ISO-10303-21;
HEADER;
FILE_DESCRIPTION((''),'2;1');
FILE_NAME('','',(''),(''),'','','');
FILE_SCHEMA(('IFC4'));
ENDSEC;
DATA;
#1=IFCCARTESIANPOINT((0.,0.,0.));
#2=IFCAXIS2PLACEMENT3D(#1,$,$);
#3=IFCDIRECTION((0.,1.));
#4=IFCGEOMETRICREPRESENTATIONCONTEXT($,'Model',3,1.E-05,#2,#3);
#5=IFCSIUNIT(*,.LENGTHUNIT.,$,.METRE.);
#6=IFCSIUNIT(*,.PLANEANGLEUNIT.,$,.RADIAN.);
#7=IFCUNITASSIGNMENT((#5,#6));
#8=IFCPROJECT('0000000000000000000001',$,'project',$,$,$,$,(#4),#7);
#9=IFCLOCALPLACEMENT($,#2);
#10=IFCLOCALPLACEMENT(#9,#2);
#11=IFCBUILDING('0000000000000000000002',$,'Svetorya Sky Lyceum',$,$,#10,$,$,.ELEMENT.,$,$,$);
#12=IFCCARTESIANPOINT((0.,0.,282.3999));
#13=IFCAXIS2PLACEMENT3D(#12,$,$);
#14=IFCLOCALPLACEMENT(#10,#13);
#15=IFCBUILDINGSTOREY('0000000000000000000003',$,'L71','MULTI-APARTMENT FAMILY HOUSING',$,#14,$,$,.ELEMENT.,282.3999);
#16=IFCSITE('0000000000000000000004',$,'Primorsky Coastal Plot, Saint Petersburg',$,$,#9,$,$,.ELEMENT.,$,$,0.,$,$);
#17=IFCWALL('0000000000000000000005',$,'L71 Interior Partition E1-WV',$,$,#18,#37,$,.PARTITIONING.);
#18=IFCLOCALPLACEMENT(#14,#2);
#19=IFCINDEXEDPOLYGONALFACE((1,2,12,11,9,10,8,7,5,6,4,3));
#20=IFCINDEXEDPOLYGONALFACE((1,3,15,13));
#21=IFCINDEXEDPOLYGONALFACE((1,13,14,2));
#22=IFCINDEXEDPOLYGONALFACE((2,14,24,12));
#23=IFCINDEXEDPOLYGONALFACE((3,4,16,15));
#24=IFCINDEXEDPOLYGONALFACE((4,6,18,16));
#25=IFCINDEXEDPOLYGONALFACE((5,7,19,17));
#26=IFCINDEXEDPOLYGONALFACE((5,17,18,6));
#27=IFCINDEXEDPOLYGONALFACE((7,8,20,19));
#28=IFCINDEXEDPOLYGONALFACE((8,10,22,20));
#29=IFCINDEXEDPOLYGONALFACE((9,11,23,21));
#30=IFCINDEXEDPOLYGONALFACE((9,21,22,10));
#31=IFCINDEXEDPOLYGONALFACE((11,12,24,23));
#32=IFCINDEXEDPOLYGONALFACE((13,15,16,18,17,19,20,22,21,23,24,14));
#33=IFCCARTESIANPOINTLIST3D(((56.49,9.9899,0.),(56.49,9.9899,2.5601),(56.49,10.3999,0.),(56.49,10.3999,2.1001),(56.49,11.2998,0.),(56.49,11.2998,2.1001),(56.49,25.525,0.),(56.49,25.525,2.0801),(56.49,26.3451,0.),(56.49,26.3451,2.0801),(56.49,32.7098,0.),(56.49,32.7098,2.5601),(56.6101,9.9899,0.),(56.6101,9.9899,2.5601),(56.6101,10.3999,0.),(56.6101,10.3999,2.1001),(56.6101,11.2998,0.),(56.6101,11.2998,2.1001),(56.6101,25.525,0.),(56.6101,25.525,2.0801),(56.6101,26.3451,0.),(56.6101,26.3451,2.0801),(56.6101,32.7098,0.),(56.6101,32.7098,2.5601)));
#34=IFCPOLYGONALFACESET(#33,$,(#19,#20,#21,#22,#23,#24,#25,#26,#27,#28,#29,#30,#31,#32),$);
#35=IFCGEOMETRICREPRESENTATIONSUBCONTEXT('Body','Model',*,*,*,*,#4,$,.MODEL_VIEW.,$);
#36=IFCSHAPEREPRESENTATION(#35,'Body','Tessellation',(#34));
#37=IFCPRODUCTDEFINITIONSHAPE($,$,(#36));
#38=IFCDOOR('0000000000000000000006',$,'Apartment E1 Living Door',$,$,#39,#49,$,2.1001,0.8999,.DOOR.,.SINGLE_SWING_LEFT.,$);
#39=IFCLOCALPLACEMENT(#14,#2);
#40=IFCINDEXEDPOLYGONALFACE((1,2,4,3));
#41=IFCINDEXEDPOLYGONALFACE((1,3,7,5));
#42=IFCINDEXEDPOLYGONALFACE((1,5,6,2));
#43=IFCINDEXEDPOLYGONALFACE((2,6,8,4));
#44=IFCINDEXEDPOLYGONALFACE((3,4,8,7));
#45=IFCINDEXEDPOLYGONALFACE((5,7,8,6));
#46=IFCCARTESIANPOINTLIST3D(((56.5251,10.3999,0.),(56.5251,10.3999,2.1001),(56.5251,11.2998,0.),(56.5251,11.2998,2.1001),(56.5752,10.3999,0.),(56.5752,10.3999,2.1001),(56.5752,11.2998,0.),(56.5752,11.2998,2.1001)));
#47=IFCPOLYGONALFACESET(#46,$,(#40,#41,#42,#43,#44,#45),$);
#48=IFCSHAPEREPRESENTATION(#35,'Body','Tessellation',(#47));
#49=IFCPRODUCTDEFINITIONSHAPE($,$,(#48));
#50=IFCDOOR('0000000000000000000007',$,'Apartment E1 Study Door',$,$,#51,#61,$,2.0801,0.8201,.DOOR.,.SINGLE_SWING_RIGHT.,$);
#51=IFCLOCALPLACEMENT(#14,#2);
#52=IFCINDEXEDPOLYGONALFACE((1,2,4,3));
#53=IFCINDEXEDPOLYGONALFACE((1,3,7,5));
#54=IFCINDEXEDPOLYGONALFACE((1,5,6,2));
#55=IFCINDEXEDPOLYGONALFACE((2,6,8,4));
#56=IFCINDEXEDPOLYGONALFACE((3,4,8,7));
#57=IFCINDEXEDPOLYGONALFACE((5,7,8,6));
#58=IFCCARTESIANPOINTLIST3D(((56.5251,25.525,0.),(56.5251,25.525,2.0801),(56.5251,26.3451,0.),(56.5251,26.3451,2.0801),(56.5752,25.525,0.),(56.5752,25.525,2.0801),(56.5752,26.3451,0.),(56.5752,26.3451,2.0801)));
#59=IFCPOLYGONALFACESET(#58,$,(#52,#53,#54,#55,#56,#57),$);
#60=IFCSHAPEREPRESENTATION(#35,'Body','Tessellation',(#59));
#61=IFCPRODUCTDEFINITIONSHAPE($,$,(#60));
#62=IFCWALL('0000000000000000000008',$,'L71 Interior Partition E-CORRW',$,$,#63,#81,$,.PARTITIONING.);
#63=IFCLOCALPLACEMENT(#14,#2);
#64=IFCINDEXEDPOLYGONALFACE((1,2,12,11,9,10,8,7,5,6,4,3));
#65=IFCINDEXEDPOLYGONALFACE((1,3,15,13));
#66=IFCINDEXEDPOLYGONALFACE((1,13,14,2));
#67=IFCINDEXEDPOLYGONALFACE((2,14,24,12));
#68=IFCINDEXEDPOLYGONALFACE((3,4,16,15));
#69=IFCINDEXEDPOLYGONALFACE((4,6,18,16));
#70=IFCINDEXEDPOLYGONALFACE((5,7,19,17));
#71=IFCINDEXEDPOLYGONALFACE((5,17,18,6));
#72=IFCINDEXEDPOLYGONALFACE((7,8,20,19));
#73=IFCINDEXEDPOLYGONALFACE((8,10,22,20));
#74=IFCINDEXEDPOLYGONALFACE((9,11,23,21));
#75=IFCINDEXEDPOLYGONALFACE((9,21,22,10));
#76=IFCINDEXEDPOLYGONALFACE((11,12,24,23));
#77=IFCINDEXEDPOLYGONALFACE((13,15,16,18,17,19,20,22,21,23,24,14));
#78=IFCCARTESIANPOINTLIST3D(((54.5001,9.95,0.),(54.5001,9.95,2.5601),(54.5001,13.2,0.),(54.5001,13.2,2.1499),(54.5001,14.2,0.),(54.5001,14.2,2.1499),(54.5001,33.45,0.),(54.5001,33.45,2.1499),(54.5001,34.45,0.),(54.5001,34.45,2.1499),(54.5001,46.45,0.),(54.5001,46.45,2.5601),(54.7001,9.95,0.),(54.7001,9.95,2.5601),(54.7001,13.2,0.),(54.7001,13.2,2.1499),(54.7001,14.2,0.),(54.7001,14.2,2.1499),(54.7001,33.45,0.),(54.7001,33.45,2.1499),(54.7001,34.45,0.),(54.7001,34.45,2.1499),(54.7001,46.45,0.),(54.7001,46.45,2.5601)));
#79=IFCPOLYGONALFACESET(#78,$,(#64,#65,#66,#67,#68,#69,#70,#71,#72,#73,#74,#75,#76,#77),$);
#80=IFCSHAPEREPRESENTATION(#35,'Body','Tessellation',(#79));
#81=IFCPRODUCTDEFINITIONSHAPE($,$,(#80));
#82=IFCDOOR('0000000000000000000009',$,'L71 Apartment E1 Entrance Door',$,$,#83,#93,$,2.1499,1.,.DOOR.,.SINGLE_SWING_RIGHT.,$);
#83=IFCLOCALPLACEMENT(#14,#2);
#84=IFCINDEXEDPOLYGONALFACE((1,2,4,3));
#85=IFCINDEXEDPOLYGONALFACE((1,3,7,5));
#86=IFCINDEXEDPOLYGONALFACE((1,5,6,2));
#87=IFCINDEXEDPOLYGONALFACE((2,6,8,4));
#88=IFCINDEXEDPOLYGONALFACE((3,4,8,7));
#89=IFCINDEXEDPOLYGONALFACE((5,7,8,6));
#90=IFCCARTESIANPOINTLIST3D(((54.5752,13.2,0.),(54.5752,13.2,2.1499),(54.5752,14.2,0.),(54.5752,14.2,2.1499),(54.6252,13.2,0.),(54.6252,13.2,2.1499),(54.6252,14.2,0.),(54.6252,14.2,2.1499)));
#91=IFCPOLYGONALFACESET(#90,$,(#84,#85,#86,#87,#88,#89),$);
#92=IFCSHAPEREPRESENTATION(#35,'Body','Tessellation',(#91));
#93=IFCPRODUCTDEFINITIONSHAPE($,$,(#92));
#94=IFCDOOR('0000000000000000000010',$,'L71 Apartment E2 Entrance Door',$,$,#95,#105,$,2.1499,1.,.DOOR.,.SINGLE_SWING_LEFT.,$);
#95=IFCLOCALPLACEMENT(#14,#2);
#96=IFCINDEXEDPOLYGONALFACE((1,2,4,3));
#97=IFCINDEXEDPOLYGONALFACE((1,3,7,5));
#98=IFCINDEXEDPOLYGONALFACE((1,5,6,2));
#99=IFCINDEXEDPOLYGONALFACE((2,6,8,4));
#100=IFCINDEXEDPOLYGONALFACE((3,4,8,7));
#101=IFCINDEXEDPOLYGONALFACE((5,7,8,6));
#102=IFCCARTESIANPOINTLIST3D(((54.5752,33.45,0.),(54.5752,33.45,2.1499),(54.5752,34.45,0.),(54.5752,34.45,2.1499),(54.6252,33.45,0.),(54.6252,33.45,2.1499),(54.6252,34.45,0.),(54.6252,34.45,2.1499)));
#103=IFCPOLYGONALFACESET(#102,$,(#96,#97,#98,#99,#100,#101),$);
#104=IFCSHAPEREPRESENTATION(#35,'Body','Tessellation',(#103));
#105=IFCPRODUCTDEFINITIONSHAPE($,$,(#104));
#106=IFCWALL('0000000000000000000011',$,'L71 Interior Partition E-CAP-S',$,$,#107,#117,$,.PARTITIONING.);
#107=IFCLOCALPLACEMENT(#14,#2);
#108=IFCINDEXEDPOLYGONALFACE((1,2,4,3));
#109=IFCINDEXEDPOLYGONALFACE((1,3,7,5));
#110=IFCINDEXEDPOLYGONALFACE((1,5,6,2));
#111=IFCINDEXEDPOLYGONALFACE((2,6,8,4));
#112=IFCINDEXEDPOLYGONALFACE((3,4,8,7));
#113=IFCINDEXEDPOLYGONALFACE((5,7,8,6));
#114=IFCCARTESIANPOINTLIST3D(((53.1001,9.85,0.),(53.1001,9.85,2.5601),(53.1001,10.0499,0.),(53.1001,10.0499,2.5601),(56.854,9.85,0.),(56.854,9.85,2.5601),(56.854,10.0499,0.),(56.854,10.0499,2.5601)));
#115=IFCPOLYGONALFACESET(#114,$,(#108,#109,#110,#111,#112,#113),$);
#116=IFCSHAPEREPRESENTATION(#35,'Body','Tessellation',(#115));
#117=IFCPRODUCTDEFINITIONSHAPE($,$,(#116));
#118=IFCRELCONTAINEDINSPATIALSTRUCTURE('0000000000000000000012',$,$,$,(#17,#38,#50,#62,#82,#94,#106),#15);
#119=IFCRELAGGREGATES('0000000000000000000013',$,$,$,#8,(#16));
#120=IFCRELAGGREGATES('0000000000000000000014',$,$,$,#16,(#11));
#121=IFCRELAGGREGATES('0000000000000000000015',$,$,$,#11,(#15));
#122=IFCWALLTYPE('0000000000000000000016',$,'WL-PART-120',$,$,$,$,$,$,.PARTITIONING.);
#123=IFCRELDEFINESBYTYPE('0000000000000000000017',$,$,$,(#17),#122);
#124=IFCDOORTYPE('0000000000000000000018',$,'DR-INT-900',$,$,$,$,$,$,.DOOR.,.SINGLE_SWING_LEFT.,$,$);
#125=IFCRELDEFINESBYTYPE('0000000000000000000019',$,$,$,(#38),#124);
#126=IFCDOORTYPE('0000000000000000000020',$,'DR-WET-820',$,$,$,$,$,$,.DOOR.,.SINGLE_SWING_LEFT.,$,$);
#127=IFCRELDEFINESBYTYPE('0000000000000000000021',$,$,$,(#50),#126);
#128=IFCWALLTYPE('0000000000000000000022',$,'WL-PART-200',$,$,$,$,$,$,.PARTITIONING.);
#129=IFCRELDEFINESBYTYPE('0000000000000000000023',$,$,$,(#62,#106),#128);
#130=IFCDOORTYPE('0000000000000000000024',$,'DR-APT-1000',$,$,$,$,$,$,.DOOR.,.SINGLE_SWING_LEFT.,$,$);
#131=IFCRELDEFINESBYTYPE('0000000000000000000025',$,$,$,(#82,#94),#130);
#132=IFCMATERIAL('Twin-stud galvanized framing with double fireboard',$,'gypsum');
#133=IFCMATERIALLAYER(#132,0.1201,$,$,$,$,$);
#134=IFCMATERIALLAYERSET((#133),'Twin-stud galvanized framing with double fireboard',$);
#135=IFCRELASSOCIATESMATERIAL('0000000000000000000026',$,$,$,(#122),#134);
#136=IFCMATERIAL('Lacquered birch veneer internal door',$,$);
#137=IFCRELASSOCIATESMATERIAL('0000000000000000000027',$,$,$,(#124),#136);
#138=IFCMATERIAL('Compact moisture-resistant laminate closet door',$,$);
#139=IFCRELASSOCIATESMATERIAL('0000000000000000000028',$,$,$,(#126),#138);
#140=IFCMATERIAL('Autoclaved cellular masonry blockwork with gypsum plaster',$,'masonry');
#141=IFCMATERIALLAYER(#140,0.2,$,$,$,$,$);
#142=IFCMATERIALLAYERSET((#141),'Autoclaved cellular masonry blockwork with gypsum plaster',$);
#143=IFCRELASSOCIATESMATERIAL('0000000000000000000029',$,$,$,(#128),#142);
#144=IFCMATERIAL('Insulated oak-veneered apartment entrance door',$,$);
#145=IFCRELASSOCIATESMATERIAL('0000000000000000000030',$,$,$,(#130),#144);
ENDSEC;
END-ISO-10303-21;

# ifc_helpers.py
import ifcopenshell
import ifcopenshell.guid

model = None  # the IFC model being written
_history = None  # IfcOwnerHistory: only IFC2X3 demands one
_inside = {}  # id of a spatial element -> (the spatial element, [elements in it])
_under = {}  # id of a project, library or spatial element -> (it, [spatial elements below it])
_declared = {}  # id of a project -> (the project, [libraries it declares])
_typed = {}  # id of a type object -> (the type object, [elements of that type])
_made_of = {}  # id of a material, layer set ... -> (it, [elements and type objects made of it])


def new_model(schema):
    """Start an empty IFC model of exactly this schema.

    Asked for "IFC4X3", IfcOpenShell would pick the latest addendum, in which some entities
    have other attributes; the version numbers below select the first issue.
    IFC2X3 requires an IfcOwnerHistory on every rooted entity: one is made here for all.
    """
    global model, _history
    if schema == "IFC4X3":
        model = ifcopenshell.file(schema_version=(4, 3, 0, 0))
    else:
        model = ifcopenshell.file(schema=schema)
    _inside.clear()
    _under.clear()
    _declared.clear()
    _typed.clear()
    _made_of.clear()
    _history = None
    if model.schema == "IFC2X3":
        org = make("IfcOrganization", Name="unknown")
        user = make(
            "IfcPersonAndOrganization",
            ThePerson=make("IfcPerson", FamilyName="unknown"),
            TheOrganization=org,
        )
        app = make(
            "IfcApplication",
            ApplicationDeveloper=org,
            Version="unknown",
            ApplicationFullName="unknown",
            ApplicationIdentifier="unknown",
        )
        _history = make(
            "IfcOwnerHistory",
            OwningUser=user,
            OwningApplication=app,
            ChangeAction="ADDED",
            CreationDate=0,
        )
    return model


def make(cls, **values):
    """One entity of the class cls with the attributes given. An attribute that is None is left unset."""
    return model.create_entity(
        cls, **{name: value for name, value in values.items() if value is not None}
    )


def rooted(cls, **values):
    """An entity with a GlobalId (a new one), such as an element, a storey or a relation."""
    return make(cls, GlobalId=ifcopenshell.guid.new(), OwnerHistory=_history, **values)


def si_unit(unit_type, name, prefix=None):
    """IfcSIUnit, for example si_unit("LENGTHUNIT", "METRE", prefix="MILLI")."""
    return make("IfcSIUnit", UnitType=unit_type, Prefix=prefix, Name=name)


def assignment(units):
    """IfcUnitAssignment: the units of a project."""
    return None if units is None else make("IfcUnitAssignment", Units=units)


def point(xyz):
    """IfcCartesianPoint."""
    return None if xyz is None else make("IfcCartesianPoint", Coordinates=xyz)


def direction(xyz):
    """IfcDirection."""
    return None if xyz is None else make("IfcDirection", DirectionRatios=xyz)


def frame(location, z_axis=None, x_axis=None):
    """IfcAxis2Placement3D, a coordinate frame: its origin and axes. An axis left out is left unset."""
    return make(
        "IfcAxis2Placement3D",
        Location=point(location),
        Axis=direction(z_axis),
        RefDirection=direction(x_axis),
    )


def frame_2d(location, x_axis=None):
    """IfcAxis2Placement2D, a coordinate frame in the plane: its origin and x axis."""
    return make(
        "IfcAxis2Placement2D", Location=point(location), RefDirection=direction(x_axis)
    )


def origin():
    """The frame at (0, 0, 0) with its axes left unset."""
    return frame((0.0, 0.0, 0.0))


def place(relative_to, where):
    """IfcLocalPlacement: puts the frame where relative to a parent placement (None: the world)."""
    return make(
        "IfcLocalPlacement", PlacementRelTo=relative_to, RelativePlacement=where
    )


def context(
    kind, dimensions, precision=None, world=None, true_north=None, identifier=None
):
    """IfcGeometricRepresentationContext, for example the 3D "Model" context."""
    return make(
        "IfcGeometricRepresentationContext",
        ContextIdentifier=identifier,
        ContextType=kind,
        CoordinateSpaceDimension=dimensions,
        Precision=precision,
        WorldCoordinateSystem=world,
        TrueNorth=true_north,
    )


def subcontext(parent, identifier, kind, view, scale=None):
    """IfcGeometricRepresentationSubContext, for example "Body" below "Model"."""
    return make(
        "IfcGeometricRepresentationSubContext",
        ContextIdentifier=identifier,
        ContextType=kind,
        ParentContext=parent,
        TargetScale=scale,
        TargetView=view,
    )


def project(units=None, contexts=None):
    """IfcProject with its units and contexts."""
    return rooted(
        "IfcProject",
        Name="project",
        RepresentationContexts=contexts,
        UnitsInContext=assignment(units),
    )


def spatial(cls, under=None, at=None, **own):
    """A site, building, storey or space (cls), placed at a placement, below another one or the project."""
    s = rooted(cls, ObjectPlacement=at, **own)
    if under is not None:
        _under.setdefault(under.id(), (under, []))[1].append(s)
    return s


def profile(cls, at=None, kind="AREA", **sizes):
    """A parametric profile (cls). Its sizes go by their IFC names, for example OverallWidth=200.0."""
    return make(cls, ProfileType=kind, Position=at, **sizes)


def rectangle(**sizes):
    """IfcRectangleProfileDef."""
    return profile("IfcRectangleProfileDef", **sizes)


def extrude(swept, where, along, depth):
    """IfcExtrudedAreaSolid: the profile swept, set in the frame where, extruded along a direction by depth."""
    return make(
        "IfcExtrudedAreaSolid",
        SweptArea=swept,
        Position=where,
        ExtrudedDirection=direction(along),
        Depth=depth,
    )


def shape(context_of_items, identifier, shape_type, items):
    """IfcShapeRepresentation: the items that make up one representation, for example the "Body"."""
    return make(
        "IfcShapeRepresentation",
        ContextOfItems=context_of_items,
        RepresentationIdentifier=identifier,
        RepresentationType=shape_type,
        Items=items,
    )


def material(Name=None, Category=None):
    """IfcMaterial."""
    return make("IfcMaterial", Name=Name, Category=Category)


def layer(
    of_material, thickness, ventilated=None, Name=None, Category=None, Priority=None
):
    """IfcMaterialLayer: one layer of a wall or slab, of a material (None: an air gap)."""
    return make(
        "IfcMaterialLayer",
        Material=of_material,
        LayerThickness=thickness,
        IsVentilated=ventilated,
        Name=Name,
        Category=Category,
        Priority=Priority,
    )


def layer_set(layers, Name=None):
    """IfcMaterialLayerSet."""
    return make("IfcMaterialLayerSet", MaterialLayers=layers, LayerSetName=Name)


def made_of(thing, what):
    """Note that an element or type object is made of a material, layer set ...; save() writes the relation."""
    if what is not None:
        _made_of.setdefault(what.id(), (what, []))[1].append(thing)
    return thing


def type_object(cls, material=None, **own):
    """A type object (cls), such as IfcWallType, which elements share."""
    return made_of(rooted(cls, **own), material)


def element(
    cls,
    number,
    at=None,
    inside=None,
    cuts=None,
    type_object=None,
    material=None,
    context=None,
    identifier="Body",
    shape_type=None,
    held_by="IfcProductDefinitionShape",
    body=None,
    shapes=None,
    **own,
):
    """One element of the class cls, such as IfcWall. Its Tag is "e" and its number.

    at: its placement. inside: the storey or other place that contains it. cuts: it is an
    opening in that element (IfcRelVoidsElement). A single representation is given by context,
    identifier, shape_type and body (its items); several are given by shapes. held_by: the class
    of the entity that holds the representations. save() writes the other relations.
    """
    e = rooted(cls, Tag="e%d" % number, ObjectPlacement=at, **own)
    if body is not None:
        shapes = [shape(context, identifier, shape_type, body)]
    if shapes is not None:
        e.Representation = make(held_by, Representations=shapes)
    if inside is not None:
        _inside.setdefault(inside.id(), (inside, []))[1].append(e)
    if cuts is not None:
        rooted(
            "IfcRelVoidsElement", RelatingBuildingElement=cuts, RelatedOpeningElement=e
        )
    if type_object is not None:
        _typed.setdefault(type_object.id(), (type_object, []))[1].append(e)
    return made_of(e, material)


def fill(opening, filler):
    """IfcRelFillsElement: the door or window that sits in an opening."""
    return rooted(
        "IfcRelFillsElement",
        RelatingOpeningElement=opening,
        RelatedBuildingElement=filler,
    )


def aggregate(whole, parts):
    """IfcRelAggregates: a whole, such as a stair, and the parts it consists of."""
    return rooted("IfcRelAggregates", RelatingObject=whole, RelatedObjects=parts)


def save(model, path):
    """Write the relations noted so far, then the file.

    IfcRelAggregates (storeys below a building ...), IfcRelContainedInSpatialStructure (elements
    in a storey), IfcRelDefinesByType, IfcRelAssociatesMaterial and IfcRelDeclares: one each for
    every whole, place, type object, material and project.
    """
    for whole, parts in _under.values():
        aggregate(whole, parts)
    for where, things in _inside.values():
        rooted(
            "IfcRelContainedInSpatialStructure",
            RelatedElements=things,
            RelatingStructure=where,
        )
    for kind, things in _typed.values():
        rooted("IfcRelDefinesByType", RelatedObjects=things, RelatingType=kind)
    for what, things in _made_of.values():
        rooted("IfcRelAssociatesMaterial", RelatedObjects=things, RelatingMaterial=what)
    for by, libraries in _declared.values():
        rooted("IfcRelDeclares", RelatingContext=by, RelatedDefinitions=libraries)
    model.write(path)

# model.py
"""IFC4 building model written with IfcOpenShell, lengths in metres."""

from ifc_helpers import new_model, si_unit, direction, frame, frame_2d, origin, place, context, subcontext, project, spatial, rectangle, extrude, material, layer, layer_set, type_object, element, fill, save


model = new_model("IFC4")

# Units and contexts
model_context = context("Model", 3, precision=1e-05, world=origin(), true_north=direction((0.0, 1.0)))
body_context = subcontext(model_context, "Body", "Model", "MODEL_VIEW")
ifc_project = project(units=[si_unit("LENGTHUNIT", "METRE"), si_unit("PLANEANGLEUNIT", "RADIAN")], contexts=[model_context])

# Site, building, storey
site_placement = place(None, origin())
site = spatial("IfcSite", under=ifc_project, at=site_placement, Name="Primorsky Coastal Plot, Saint Petersburg", CompositionType="ELEMENT", RefElevation=0.0)
building_placement = place(site_placement, origin())
building = spatial("IfcBuilding", under=site, at=building_placement, Name="Svetorya Sky Lyceum", CompositionType="ELEMENT")
storey_placement = place(building_placement, frame((0.0, 0.0, 282.3999)))
storey = spatial("IfcBuildingStorey", under=building, at=storey_placement, Name="L71", Description="MULTI-APARTMENT FAMILY HOUSING", CompositionType="ELEMENT", Elevation=282.3999)

# Shared definitions
ifc_material_1 = material(Name="Twin-stud galvanized framing with double fireboard", Category="gypsum")
ifc_layer_1 = layer(ifc_material_1, 0.1201)
ifc_layer_set_1 = layer_set([ifc_layer_1], Name="Twin-stud galvanized framing with double fireboard")
wall_type_1 = type_object("IfcWallType", Name="WL-PART-120", PredefinedType="PARTITIONING", material=ifc_layer_set_1)

# Walls, openings, doors
wall_1_placement = place(storey_placement, frame((56.55, 9.99, 0.0), z_axis=(0.0, 0.0, 1.0), x_axis=(0.0, 1.0, 0.0)))
wall_1 = element("IfcWall", 1, at=wall_1_placement, inside=storey, type_object=wall_type_1, Name="L71 Interior Partition E1-WV", PredefinedType="PARTITIONING", context=body_context, shape_type="SweptSolid", body=[
    extrude(rectangle(XDim=22.72, YDim=0.1201, at=frame_2d((11.3599, 0.0))), origin(), (0.0, 0.0, 1.0), 2.5601),
])
opening_1_placement = place(wall_1_placement, frame((0.4099, 0.0, 0.0)))
opening_1 = element("IfcOpeningElement", 2, at=opening_1_placement, cuts=wall_1, PredefinedType="OPENING", context=body_context, shape_type="SweptSolid", body=[
    extrude(rectangle(XDim=0.8999, YDim=2.1001, at=frame_2d((0.45, 1.05))), frame((0.0, 0.0701, 0.0), z_axis=(0.0, -1.0, 0.0), x_axis=(1.0, 0.0, 0.0)), (0.0, 0.0, 1.0), 0.1401),
])
opening_2_placement = place(wall_1_placement, frame((15.5349, 0.0, 0.0)))
opening_2 = element("IfcOpeningElement", 3, at=opening_2_placement, cuts=wall_1, PredefinedType="OPENING", context=body_context, shape_type="SweptSolid", body=[
    extrude(rectangle(XDim=0.8201, YDim=2.0801, at=frame_2d((0.4102, 1.04))), frame((0.0, 0.0701, 0.0), z_axis=(0.0, -1.0, 0.0), x_axis=(1.0, 0.0, 0.0)), (0.0, 0.0, 1.0), 0.1401),
])
ifc_material_2 = material(Name="Lacquered birch veneer internal door")
door_type_1 = type_object("IfcDoorType", Name="DR-INT-900", OperationType="SINGLE_SWING_LEFT", PredefinedType="DOOR", material=ifc_material_2)
door_1_placement = place(opening_1_placement, origin())
door_1 = element("IfcDoor", 4, at=door_1_placement, inside=storey, type_object=door_type_1, Name="Apartment E1 Living Door", OperationType="SINGLE_SWING_LEFT", OverallHeight=2.1001, OverallWidth=0.8999, PredefinedType="DOOR", context=body_context, shape_type="SweptSolid", body=[
    extrude(rectangle(XDim=0.8999, YDim=2.1001, at=frame_2d((0.45, 1.05))), frame((0.0, 0.0249, 0.0), z_axis=(0.0, -1.0, 0.0), x_axis=(1.0, 0.0, 0.0)), (0.0, 0.0, 1.0), 0.05),
])
fill(opening_1, door_1)
ifc_material_3 = material(Name="Compact moisture-resistant laminate closet door")
door_type_2 = type_object("IfcDoorType", Name="DR-WET-820", OperationType="SINGLE_SWING_LEFT", PredefinedType="DOOR", material=ifc_material_3)
door_2_placement = place(opening_2_placement, origin())
door_2 = element("IfcDoor", 5, at=door_2_placement, inside=storey, type_object=door_type_2, Name="Apartment E1 Study Door", OperationType="SINGLE_SWING_RIGHT", OverallHeight=2.0801, OverallWidth=0.8201, PredefinedType="DOOR", context=body_context, shape_type="SweptSolid", body=[
    extrude(rectangle(XDim=0.8201, YDim=2.0801, at=frame_2d((0.4102, 1.04))), frame((0.0, 0.0249, 0.0), z_axis=(0.0, -1.0, 0.0), x_axis=(1.0, 0.0, 0.0)), (0.0, 0.0, 1.0), 0.05),
])
fill(opening_2, door_2)
ifc_material_4 = material(Name="Autoclaved cellular masonry blockwork with gypsum plaster", Category="masonry")
ifc_layer_2 = layer(ifc_material_4, 0.2)
ifc_layer_set_2 = layer_set([ifc_layer_2], Name="Autoclaved cellular masonry blockwork with gypsum plaster")
wall_type_2 = type_object("IfcWallType", Name="WL-PART-200", PredefinedType="PARTITIONING", material=ifc_layer_set_2)
wall_2_placement = place(storey_placement, frame((54.6001, 9.95, 0.0), z_axis=(0.0, 0.0, 1.0), x_axis=(0.0, 1.0, 0.0)))
wall_2 = element("IfcWall", 6, at=wall_2_placement, inside=storey, type_object=wall_type_2, Name="L71 Interior Partition E-CORRW", PredefinedType="PARTITIONING", context=body_context, shape_type="SweptSolid", body=[
    extrude(rectangle(XDim=36.5, YDim=0.2, at=frame_2d((18.25, 0.0))), origin(), (0.0, 0.0, 1.0), 2.5601),
])
opening_3_placement = place(wall_2_placement, frame((3.25, 0.0, 0.0)))
opening_3 = element("IfcOpeningElement", 7, at=opening_3_placement, cuts=wall_2, PredefinedType="OPENING", context=body_context, shape_type="SweptSolid", body=[
    extrude(rectangle(XDim=1.0, YDim=2.1499, at=frame_2d((0.5, 1.075))), frame((0.0, 0.1099, 0.0), z_axis=(0.0, -1.0, 0.0), x_axis=(1.0, 0.0, 0.0)), (0.0, 0.0, 1.0), 0.22),
])
opening_4_placement = place(wall_2_placement, frame((23.5, 0.0, 0.0)))
opening_4 = element("IfcOpeningElement", 8, at=opening_4_placement, cuts=wall_2, PredefinedType="OPENING", context=body_context, shape_type="SweptSolid", body=[
    extrude(rectangle(XDim=1.0, YDim=2.1499, at=frame_2d((0.5, 1.075))), frame((0.0, 0.1099, 0.0), z_axis=(0.0, -1.0, 0.0), x_axis=(1.0, 0.0, 0.0)), (0.0, 0.0, 1.0), 0.22),
])
ifc_material_5 = material(Name="Insulated oak-veneered apartment entrance door")
door_type_3 = type_object("IfcDoorType", Name="DR-APT-1000", OperationType="SINGLE_SWING_LEFT", PredefinedType="DOOR", material=ifc_material_5)
door_3_placement = place(opening_3_placement, origin())
door_3 = element("IfcDoor", 9, at=door_3_placement, inside=storey, type_object=door_type_3, Name="L71 Apartment E1 Entrance Door", OperationType="SINGLE_SWING_RIGHT", OverallHeight=2.1499, OverallWidth=1.0, PredefinedType="DOOR", context=body_context, shape_type="SweptSolid", body=[
    extrude(rectangle(XDim=1.0, YDim=2.1499, at=frame_2d((0.5, 1.075))), frame((0.0, 0.0249, 0.0), z_axis=(0.0, -1.0, 0.0), x_axis=(1.0, 0.0, 0.0)), (0.0, 0.0, 1.0), 0.05),
])
fill(opening_3, door_3)
door_4_placement = place(opening_4_placement, origin())
door_4 = element("IfcDoor", 10, at=door_4_placement, inside=storey, type_object=door_type_3, Name="L71 Apartment E2 Entrance Door", OperationType="SINGLE_SWING_LEFT", OverallHeight=2.1499, OverallWidth=1.0, PredefinedType="DOOR", context=body_context, shape_type="SweptSolid", body=[
    extrude(rectangle(XDim=1.0, YDim=2.1499, at=frame_2d((0.5, 1.075))), frame((0.0, 0.0249, 0.0), z_axis=(0.0, -1.0, 0.0), x_axis=(1.0, 0.0, 0.0)), (0.0, 0.0, 1.0), 0.05),
])
fill(opening_4, door_4)

# Wall
wall_3_placement = place(storey_placement, frame((53.1001, 9.95, 0.0), z_axis=(0.0, 0.0, 1.0), x_axis=(1.0, 0.0, 0.0)))
element("IfcWall", 11, at=wall_3_placement, inside=storey, type_object=wall_type_2, Name="L71 Interior Partition E-CAP-S", PredefinedType="PARTITIONING", context=body_context, shape_type="SweptSolid", body=[
    extrude(rectangle(XDim=3.7539, YDim=0.2, at=frame_2d((1.877, 0.0))), origin(), (0.0, 0.0, 1.0), 2.5601),
])

save(model, "model.ifc")
